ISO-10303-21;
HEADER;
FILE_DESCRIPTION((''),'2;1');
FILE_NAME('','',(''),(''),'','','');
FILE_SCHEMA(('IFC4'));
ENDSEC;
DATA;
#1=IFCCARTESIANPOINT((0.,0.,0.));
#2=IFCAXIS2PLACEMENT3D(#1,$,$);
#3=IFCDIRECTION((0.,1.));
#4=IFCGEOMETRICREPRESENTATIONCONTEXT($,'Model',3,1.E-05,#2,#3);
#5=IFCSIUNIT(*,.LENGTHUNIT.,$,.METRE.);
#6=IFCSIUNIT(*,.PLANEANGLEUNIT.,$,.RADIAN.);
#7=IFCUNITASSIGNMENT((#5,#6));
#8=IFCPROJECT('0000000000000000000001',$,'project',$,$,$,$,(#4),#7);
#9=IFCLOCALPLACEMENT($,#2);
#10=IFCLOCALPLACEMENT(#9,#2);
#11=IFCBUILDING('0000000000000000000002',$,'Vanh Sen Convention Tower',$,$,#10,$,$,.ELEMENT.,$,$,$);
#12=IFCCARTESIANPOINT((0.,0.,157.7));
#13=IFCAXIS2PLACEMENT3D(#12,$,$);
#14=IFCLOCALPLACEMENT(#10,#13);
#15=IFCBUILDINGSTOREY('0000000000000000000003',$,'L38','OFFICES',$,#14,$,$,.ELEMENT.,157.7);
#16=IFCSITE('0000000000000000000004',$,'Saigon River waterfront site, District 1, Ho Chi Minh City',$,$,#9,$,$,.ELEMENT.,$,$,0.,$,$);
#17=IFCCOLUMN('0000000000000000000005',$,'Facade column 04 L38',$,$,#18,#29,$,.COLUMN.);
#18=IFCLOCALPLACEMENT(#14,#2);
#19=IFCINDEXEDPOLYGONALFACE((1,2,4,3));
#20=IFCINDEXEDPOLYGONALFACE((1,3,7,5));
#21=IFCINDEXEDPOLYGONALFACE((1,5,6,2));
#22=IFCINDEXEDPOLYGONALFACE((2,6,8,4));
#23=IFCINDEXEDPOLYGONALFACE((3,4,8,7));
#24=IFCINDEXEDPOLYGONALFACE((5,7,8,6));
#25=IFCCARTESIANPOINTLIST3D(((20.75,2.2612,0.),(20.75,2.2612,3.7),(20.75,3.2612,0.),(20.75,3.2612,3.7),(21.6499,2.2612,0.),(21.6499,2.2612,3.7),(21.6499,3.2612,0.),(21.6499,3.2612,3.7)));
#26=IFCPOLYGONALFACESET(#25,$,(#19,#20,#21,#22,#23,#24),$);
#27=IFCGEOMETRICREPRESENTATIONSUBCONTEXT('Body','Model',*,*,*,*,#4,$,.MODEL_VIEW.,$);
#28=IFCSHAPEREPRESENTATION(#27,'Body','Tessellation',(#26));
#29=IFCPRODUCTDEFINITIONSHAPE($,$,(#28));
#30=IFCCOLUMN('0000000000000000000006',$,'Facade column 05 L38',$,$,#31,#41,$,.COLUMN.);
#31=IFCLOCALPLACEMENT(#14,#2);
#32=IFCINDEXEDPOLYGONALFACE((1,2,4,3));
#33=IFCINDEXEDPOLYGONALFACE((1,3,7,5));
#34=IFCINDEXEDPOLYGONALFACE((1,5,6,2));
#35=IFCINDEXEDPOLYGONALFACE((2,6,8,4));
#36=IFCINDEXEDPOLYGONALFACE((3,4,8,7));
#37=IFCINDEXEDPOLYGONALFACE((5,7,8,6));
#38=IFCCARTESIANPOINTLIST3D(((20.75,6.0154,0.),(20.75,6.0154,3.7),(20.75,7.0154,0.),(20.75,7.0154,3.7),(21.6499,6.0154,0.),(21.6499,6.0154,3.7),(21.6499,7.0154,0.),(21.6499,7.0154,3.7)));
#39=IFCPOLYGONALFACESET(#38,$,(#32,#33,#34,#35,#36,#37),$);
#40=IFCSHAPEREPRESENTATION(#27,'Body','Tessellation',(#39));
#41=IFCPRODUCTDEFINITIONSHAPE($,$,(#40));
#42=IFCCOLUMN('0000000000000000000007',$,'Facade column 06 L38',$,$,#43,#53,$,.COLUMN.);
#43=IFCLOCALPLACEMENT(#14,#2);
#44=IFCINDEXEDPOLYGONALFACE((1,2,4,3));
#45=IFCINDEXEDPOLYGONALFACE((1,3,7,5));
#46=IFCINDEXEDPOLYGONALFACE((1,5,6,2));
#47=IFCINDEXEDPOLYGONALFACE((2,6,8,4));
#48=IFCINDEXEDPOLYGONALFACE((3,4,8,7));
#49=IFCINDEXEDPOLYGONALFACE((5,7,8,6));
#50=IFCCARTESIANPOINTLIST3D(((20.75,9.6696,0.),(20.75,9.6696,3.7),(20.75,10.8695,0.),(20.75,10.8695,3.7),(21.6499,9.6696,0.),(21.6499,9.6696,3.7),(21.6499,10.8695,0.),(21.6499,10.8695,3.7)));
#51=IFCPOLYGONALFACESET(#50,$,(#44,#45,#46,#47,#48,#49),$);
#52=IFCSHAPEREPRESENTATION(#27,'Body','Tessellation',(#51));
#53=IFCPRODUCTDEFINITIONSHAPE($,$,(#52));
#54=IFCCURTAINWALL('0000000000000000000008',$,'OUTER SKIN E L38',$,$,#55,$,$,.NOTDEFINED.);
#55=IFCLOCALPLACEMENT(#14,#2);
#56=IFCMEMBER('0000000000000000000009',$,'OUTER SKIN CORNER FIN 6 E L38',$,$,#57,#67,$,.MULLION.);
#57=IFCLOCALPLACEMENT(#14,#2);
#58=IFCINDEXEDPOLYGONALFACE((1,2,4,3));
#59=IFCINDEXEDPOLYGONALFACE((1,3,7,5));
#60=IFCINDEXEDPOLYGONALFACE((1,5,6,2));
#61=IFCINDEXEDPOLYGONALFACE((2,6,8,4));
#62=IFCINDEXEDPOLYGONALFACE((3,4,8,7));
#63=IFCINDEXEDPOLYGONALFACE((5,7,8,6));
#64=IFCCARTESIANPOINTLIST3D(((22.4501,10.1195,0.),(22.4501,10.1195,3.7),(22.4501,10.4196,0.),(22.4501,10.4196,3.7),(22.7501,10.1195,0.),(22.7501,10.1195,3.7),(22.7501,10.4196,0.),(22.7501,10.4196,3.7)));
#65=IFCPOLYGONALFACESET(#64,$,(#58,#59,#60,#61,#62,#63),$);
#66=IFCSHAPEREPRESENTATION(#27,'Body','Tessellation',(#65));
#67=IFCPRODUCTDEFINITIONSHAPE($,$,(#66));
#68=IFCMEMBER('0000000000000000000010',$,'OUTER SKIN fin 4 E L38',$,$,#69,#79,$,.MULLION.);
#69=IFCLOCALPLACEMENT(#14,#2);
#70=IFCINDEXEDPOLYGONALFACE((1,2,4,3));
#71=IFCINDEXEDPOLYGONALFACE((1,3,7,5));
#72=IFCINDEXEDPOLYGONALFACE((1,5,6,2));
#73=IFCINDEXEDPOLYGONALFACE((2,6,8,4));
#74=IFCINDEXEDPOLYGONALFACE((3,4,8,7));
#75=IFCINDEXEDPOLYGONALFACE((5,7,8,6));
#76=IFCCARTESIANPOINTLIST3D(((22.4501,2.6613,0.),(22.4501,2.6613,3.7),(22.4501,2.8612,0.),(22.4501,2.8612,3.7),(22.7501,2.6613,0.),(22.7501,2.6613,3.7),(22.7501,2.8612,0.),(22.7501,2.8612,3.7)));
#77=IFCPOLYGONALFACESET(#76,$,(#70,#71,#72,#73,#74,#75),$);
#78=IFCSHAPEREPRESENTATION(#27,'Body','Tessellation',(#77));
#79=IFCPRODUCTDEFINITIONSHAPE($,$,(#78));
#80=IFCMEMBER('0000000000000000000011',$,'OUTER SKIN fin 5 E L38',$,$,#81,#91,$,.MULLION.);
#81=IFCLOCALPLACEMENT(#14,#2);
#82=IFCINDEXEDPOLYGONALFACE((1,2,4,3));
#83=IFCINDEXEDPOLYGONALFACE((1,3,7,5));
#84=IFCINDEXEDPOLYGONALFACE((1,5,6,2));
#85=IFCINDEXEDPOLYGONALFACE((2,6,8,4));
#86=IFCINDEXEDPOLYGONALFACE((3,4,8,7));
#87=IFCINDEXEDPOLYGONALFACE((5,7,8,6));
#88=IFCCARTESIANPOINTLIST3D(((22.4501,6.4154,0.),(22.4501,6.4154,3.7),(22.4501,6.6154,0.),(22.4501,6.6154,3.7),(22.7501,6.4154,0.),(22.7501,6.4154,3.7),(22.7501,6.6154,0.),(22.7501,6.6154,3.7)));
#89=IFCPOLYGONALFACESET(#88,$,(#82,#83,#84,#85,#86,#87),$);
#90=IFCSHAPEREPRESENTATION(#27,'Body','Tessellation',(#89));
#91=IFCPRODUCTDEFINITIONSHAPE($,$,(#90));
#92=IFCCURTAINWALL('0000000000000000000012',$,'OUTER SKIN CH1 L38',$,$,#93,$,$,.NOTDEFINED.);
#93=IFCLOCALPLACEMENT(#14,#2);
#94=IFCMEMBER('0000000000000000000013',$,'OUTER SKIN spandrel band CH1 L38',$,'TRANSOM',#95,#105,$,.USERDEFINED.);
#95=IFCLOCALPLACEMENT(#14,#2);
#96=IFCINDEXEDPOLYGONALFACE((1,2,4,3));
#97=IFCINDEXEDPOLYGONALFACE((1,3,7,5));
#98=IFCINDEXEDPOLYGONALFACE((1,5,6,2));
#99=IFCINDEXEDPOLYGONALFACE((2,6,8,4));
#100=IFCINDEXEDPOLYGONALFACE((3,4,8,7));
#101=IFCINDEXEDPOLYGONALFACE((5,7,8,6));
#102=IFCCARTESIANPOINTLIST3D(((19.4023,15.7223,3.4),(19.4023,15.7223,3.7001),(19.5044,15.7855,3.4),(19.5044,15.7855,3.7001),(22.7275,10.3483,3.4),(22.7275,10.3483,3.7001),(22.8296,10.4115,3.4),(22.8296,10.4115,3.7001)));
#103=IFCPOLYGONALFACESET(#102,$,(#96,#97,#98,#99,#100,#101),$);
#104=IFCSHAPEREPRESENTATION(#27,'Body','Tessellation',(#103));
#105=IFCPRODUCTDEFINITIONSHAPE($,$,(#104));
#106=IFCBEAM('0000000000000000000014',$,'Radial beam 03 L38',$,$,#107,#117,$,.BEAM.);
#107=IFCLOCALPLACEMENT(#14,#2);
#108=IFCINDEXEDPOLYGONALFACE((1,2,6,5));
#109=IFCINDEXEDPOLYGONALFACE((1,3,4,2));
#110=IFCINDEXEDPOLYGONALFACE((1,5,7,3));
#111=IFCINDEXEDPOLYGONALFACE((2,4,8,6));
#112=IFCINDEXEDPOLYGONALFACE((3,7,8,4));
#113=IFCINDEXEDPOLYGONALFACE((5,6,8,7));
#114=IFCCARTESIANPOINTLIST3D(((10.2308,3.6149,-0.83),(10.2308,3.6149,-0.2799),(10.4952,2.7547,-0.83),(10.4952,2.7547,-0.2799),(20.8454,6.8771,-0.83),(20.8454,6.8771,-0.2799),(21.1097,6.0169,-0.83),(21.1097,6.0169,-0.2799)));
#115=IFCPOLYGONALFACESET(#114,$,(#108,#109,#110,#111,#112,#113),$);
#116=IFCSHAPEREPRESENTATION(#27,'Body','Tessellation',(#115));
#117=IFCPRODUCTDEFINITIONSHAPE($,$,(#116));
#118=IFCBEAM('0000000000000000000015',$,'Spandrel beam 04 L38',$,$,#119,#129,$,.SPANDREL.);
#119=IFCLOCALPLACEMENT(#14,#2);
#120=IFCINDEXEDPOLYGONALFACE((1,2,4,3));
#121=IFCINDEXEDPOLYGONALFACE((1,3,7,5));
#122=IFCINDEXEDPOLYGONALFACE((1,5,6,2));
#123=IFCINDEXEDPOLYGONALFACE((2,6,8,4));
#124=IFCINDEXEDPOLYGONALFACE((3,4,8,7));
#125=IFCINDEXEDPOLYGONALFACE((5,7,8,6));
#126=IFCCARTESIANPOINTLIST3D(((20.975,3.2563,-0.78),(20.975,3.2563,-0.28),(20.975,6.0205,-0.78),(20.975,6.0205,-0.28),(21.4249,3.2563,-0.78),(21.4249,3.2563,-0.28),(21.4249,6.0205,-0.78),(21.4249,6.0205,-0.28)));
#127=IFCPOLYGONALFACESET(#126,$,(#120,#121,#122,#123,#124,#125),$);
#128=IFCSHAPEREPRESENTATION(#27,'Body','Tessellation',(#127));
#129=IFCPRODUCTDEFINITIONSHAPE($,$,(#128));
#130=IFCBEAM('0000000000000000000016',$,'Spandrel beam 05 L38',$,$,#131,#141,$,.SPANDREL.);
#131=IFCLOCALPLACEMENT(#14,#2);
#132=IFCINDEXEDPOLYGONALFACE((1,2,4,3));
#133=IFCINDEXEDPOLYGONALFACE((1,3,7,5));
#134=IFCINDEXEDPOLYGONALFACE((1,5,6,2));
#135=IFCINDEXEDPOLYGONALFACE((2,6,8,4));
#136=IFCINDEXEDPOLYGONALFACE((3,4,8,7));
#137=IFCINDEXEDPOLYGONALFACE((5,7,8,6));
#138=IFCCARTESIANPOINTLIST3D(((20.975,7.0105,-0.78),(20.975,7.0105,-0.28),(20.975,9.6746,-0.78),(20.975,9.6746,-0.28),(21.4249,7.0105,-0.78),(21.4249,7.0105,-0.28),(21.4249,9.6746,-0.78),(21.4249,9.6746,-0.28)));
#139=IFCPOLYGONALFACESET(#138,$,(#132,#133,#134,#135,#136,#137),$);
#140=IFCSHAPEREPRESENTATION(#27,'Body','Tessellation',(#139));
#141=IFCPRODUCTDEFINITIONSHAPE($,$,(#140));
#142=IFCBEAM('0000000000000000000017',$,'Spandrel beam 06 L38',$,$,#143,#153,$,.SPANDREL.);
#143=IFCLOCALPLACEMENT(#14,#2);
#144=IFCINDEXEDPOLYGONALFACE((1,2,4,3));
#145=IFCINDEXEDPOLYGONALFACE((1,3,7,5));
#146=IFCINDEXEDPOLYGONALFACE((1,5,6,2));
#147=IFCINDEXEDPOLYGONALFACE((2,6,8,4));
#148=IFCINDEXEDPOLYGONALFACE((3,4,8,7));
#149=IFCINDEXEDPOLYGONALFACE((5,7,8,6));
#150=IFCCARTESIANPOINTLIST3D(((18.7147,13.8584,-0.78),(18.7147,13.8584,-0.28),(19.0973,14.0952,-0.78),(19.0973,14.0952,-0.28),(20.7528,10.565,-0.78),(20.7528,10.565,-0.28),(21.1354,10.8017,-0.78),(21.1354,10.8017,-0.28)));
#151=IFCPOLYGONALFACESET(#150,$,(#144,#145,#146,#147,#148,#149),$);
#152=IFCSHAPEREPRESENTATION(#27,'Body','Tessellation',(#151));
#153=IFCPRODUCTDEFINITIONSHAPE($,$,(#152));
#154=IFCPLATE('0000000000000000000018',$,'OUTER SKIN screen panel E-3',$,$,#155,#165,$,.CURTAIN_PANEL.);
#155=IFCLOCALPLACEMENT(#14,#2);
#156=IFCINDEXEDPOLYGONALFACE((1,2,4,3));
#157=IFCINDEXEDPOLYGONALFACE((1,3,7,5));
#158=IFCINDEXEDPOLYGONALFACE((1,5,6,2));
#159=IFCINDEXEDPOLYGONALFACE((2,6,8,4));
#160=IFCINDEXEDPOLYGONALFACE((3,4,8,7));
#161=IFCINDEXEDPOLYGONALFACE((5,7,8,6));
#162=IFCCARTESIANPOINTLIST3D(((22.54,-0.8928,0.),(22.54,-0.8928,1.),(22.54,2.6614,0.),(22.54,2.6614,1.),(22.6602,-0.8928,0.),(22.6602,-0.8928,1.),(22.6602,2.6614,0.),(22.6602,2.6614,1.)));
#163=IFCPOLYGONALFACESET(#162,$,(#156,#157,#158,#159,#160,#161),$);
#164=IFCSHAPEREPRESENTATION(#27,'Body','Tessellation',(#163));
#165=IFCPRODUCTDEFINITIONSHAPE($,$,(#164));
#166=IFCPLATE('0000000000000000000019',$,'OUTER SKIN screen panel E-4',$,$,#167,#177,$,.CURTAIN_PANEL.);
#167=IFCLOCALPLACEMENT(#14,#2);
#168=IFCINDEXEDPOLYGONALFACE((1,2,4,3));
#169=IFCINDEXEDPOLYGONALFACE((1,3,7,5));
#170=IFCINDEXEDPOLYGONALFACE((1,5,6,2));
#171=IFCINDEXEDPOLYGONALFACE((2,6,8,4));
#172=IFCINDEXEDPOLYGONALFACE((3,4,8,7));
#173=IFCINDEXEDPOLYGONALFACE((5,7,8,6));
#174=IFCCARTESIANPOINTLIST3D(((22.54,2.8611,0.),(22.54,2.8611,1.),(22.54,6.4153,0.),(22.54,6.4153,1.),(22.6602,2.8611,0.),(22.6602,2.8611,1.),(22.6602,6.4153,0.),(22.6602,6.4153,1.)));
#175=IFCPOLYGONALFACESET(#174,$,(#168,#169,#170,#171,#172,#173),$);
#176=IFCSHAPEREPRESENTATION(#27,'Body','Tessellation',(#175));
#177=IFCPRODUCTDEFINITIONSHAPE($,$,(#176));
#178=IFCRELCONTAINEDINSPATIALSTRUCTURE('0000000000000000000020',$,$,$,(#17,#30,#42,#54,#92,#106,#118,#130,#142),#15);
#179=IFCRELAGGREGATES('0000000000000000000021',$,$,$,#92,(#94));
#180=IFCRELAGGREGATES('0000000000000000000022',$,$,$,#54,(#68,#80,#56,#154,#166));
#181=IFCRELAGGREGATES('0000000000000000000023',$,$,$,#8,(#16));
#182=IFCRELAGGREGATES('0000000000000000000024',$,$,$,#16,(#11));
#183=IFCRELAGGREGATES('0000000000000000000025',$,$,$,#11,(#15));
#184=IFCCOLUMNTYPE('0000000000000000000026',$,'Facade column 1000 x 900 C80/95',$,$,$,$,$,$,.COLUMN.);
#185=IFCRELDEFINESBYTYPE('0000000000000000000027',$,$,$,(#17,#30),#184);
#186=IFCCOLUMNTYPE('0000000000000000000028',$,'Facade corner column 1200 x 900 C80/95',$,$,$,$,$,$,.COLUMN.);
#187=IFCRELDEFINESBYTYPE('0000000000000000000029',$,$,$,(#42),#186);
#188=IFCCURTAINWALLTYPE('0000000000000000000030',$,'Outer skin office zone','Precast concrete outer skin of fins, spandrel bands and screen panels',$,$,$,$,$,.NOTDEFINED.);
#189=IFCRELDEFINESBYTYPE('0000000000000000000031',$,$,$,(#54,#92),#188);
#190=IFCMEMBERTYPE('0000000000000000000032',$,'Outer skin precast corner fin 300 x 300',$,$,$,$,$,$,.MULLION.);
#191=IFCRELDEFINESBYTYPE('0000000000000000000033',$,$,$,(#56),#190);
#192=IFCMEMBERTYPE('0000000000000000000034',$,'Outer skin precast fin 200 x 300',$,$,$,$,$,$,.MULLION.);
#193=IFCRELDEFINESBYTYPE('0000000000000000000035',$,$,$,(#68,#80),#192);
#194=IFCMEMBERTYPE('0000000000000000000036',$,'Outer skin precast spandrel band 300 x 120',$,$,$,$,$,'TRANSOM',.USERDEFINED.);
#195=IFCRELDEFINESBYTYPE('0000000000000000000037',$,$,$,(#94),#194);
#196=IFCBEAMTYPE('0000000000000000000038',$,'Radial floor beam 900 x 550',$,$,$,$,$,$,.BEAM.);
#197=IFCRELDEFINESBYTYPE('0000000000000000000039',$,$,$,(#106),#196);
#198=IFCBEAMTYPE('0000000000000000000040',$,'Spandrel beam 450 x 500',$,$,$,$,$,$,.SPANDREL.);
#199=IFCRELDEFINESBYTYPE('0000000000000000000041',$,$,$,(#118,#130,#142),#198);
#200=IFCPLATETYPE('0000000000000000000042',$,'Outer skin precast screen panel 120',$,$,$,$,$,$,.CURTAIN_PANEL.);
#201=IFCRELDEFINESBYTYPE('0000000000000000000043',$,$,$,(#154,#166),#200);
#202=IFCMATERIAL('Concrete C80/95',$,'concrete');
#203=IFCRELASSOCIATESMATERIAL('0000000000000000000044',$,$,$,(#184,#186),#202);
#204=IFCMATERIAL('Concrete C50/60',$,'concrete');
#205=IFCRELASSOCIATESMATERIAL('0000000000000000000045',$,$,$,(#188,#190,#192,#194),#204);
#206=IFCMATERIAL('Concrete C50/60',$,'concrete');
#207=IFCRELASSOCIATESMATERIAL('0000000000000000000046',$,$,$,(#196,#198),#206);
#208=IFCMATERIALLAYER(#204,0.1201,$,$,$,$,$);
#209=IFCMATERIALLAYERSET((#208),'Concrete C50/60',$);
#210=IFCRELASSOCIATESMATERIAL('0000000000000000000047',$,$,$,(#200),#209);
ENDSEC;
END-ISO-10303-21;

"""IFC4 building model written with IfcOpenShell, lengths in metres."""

from ifc_helpers import new_model, si_unit, direction, frame, origin, origin_2d, place, context, subcontext, project, spatial, rectangle, extrude, material, layer, layer_set, material_profile, profile_set, type_object, element, aggregate, save


model = new_model("IFC4")

# Units and contexts
model_context = context("Model", 3, precision=1e-05, world=origin(), true_north=direction((0.0, 1.0)))
body_context = subcontext(model_context, "Body", "Model", "MODEL_VIEW")
ifc_project = project(units=[si_unit("LENGTHUNIT", "METRE"), si_unit("PLANEANGLEUNIT", "RADIAN")], contexts=[model_context])

# Site, building, storey
site_placement = place(None, origin())
site = spatial("IfcSite", under=ifc_project, at=site_placement, Name="Saigon River waterfront site, District 1, Ho Chi Minh City", CompositionType="ELEMENT", RefElevation=0.0)
building_placement = place(site_placement, origin())
building = spatial("IfcBuilding", under=site, at=building_placement, Name="Vanh Sen Convention Tower", CompositionType="ELEMENT")
storey_placement = place(building_placement, frame((0.0, 0.0, 157.7)))
storey = spatial("IfcBuildingStorey", under=building, at=storey_placement, Name="L38", Description="OFFICES", CompositionType="ELEMENT", Elevation=157.7)

# Columns
ifc_material_1 = material(Name="Concrete C80/95", Category="concrete")
ifc_material_profile_1 = material_profile(ifc_material_1, rectangle(XDim=1.0, YDim=0.8999, at=origin_2d()), Name="RC 1000X900")
ifc_profile_set_1 = profile_set([ifc_material_profile_1], Name="Concrete C80/95")
column_type_1 = type_object("IfcColumnType", Name="Facade column 1000 x 900 C80/95", PredefinedType="COLUMN", material=ifc_profile_set_1)
for number, where, z_axis, x_axis, name in (
    (1, (21.2, 2.7612, 0.0), (0.0, 0.0, 1.0), (0.0, 1.0, 0.0), "Facade column 04 L38"),
    (2, (21.2, 6.5154, 0.0), (0.0, 0.0, 1.0), (0.0, 1.0, 0.0), "Facade column 05 L38"),
):
    element("IfcColumn", number, at=place(storey_placement, frame(where, z_axis=z_axis, x_axis=x_axis)), inside=storey, type_object=column_type_1, Name=name, PredefinedType="COLUMN", context=body_context, shape_type="SweptSolid", body=[
        extrude(rectangle(XDim=1.0, YDim=0.8999, at=origin_2d()), origin(), (0.0, 0.0, 1.0), 3.7),
    ])
ifc_material_profile_2 = material_profile(ifc_material_1, rectangle(XDim=1.2, YDim=0.8999, at=origin_2d()), Name="RC 1200X900")
ifc_profile_set_2 = profile_set([ifc_material_profile_2], Name="Concrete C80/95")
column_type_2 = type_object("IfcColumnType", Name="Facade corner column 1200 x 900 C80/95", PredefinedType="COLUMN", material=ifc_profile_set_2)
column_placement = place(storey_placement, frame((21.2, 10.2695, 0.0), z_axis=(0.0, 0.0, 1.0), x_axis=(0.0, 1.0, 0.0)))
element("IfcColumn", 3, at=column_placement, inside=storey, type_object=column_type_2, Name="Facade column 06 L38", PredefinedType="COLUMN", context=body_context, shape_type="SweptSolid", body=[
    extrude(rectangle(XDim=1.2, YDim=0.8999, at=origin_2d()), origin(), (0.0, 0.0, 1.0), 3.7),
])

# Curtain wall, members
ifc_material_2 = material(Name="Concrete C50/60", Category="concrete")
curtain_wall_type = type_object("IfcCurtainWallType", Name="Outer skin office zone", Description="Precast concrete outer skin of fins, spandrel bands and screen panels", PredefinedType="NOTDEFINED", material=ifc_material_2)
curtain_wall_1_placement = place(storey_placement, origin())
curtain_wall_1 = element("IfcCurtainWall", 4, at=curtain_wall_1_placement, inside=storey, type_object=curtain_wall_type, Name="OUTER SKIN E L38", PredefinedType="NOTDEFINED")
ifc_material_profile_3 = material_profile(ifc_material_2, rectangle(XDim=0.3, YDim=0.3, at=origin_2d()), Name="Outer skin precast corner fin 300 x 300")
ifc_profile_set_3 = profile_set([ifc_material_profile_3], Name="Concrete C50/60")
member_type_1 = type_object("IfcMemberType", Name="Outer skin precast corner fin 300 x 300", PredefinedType="MULLION", material=ifc_profile_set_3)
member_1_placement = place(storey_placement, frame((22.6001, 10.2695, 0.0), z_axis=(0.0, 0.0, 1.0), x_axis=(0.0, 1.0, 0.0)))
member_1 = element("IfcMember", 5, at=member_1_placement, type_object=member_type_1, Name="OUTER SKIN CORNER FIN 6 E L38", PredefinedType="MULLION", context=body_context, shape_type="SweptSolid", body=[
    extrude(rectangle(XDim=0.3, YDim=0.3, at=origin_2d()), origin(), (0.0, 0.0, 1.0), 3.7),
])
ifc_material_profile_4 = material_profile(ifc_material_2, rectangle(XDim=0.2, YDim=0.3, at=origin_2d()), Name="Outer skin precast fin 200 x 300")
ifc_profile_set_4 = profile_set([ifc_material_profile_4], Name="Concrete C50/60")
member_type_2 = type_object("IfcMemberType", Name="Outer skin precast fin 200 x 300", PredefinedType="MULLION", material=ifc_profile_set_4)
member_2_placement = place(storey_placement, frame((22.6001, 2.7612, 0.0), z_axis=(0.0, 0.0, 1.0), x_axis=(0.0, 1.0, 0.0)))
member_2 = element("IfcMember", 6, at=member_2_placement, type_object=member_type_2, Name="OUTER SKIN fin 4 E L38", PredefinedType="MULLION", context=body_context, shape_type="SweptSolid", body=[
    extrude(rectangle(XDim=0.2, YDim=0.3, at=origin_2d()), origin(), (0.0, 0.0, 1.0), 3.7),
])
member_3_placement = place(storey_placement, frame((22.6001, 6.5154, 0.0), z_axis=(0.0, 0.0, 1.0), x_axis=(0.0, 1.0, 0.0)))
member_3 = element("IfcMember", 7, at=member_3_placement, type_object=member_type_2, Name="OUTER SKIN fin 5 E L38", PredefinedType="MULLION", context=body_context, shape_type="SweptSolid", body=[
    extrude(rectangle(XDim=0.2, YDim=0.3, at=origin_2d()), origin(), (0.0, 0.0, 1.0), 3.7),
])

# Curtain wall, member
curtain_wall_2_placement = place(storey_placement, origin())
curtain_wall_2 = element("IfcCurtainWall", 8, at=curtain_wall_2_placement, inside=storey, type_object=curtain_wall_type, Name="OUTER SKIN CH1 L38", PredefinedType="NOTDEFINED")
ifc_material_profile_5 = material_profile(ifc_material_2, rectangle(XDim=0.1201, YDim=0.3, at=origin_2d()), Name="Outer skin precast spandrel band 300 x 120")
ifc_profile_set_5 = profile_set([ifc_material_profile_5], Name="Concrete C50/60")
member_type_3 = type_object("IfcMemberType", Name="Outer skin precast spandrel band 300 x 120", ElementType="TRANSOM", PredefinedType="USERDEFINED", material=ifc_profile_set_5)
member_4_placement = place(storey_placement, frame((22.7786, 10.3799, 3.55), z_axis=(-0.526174, 0.850377, 0.0), x_axis=(-0.850377, -0.526174, 0.0)))
member_4 = element("IfcMember", 9, at=member_4_placement, type_object=member_type_3, Name="OUTER SKIN spandrel band CH1 L38", ObjectType="TRANSOM", PredefinedType="USERDEFINED", context=body_context, shape_type="SweptSolid", body=[
    extrude(rectangle(XDim=0.1201, YDim=0.3, at=origin_2d()), origin(), (0.0, 0.0, 1.0), 6.3196),
])
aggregate(curtain_wall_2, [member_4])

# Beams
ifc_material_3 = material(Name="Concrete C50/60", Category="concrete")
ifc_material_profile_6 = material_profile(ifc_material_3, rectangle(XDim=0.8999, YDim=0.55, at=origin_2d()), Name="RC 900X550")
ifc_profile_set_6 = profile_set([ifc_material_profile_6], Name="Concrete C50/60")
beam_type_1 = type_object("IfcBeamType", Name="Radial floor beam 900 x 550", PredefinedType="BEAM", material=ifc_profile_set_6)
beam_1_placement = place(storey_placement, frame((20.9775, 6.447, -0.5549), z_axis=(-0.955875, -0.293774, 0.0), x_axis=(0.293774, -0.955875, 0.0)))
element("IfcBeam", 10, at=beam_1_placement, inside=storey, type_object=beam_type_1, Name="Radial beam 03 L38", PredefinedType="BEAM", context=body_context, shape_type="SweptSolid", body=[
    extrude(rectangle(XDim=0.8999, YDim=0.55, at=origin_2d()), origin(), (0.0, 0.0, 1.0), 11.1045),
])
ifc_material_profile_7 = material_profile(ifc_material_3, rectangle(XDim=0.45, YDim=0.5, at=origin_2d()), Name="RC 450X500")
ifc_profile_set_7 = profile_set([ifc_material_profile_7], Name="Concrete C50/60")
beam_type_2 = type_object("IfcBeamType", Name="Spandrel beam 450 x 500", PredefinedType="SPANDREL", material=ifc_profile_set_7)
beam_2_placement = place(storey_placement, frame((21.2, 3.2563, -0.53), z_axis=(0.0, 1.0, 0.0), x_axis=(-1.0, 0.0, 0.0)))
element("IfcBeam", 11, at=beam_2_placement, inside=storey, type_object=beam_type_2, Name="Spandrel beam 04 L38", PredefinedType="SPANDREL", context=body_context, shape_type="SweptSolid", body=[
    extrude(rectangle(XDim=0.45, YDim=0.5, at=origin_2d()), origin(), (0.0, 0.0, 1.0), 2.7642),
])
beam_3_placement = place(storey_placement, frame((21.2, 7.0105, -0.53), z_axis=(0.0, 1.0, 0.0), x_axis=(-1.0, 0.0, 0.0)))
element("IfcBeam", 12, at=beam_3_placement, inside=storey, type_object=beam_type_2, Name="Spandrel beam 05 L38", PredefinedType="SPANDREL", context=body_context, shape_type="SweptSolid", body=[
    extrude(rectangle(XDim=0.45, YDim=0.5, at=origin_2d()), origin(), (0.0, 0.0, 1.0), 2.6641),
])
beam_4_placement = place(storey_placement, frame((20.9441, 10.6833, -0.53), z_axis=(-0.52622, 0.850348, 0.0), x_axis=(-0.850348, -0.52622, 0.0)))
element("IfcBeam", 13, at=beam_4_placement, inside=storey, type_object=beam_type_2, Name="Spandrel beam 06 L38", PredefinedType="SPANDREL", context=body_context, shape_type="SweptSolid", body=[
    extrude(rectangle(XDim=0.45, YDim=0.5, at=origin_2d()), origin(), (0.0, 0.0, 1.0), 3.873),
])

# Plates
ifc_layer_1 = layer(ifc_material_2, 0.1201)
ifc_layer_set_1 = layer_set([ifc_layer_1], Name="Concrete C50/60")
plate_type = type_object("IfcPlateType", Name="Outer skin precast screen panel 120", PredefinedType="CURTAIN_PANEL", material=ifc_layer_set_1)
plate_1_placement = place(storey_placement, frame((22.6001, 0.8843, 0.0), z_axis=(0.0, 0.0, 1.0), x_axis=(0.0, 1.0, 0.0)))
plate_1 = element("IfcPlate", 14, at=plate_1_placement, type_object=plate_type, Name="OUTER SKIN screen panel E-3", PredefinedType="CURTAIN_PANEL", context=body_context, shape_type="SweptSolid", body=[
    extrude(rectangle(XDim=3.5542, YDim=0.1201, at=origin_2d()), origin(), (0.0, 0.0, 1.0), 1.0),
])
plate_2_placement = place(storey_placement, frame((22.6001, 4.6382, 0.0), z_axis=(0.0, 0.0, 1.0), x_axis=(0.0, 1.0, 0.0)))
plate_2 = element("IfcPlate", 15, at=plate_2_placement, type_object=plate_type, Name="OUTER SKIN screen panel E-4", PredefinedType="CURTAIN_PANEL", context=body_context, shape_type="SweptSolid", body=[
    extrude(rectangle(XDim=3.5542, YDim=0.1201, at=origin_2d()), origin(), (0.0, 0.0, 1.0), 1.0),
])
aggregate(curtain_wall_1, [member_2, member_3, member_1, plate_1, plate_2])

save(model, "model.ifc")
